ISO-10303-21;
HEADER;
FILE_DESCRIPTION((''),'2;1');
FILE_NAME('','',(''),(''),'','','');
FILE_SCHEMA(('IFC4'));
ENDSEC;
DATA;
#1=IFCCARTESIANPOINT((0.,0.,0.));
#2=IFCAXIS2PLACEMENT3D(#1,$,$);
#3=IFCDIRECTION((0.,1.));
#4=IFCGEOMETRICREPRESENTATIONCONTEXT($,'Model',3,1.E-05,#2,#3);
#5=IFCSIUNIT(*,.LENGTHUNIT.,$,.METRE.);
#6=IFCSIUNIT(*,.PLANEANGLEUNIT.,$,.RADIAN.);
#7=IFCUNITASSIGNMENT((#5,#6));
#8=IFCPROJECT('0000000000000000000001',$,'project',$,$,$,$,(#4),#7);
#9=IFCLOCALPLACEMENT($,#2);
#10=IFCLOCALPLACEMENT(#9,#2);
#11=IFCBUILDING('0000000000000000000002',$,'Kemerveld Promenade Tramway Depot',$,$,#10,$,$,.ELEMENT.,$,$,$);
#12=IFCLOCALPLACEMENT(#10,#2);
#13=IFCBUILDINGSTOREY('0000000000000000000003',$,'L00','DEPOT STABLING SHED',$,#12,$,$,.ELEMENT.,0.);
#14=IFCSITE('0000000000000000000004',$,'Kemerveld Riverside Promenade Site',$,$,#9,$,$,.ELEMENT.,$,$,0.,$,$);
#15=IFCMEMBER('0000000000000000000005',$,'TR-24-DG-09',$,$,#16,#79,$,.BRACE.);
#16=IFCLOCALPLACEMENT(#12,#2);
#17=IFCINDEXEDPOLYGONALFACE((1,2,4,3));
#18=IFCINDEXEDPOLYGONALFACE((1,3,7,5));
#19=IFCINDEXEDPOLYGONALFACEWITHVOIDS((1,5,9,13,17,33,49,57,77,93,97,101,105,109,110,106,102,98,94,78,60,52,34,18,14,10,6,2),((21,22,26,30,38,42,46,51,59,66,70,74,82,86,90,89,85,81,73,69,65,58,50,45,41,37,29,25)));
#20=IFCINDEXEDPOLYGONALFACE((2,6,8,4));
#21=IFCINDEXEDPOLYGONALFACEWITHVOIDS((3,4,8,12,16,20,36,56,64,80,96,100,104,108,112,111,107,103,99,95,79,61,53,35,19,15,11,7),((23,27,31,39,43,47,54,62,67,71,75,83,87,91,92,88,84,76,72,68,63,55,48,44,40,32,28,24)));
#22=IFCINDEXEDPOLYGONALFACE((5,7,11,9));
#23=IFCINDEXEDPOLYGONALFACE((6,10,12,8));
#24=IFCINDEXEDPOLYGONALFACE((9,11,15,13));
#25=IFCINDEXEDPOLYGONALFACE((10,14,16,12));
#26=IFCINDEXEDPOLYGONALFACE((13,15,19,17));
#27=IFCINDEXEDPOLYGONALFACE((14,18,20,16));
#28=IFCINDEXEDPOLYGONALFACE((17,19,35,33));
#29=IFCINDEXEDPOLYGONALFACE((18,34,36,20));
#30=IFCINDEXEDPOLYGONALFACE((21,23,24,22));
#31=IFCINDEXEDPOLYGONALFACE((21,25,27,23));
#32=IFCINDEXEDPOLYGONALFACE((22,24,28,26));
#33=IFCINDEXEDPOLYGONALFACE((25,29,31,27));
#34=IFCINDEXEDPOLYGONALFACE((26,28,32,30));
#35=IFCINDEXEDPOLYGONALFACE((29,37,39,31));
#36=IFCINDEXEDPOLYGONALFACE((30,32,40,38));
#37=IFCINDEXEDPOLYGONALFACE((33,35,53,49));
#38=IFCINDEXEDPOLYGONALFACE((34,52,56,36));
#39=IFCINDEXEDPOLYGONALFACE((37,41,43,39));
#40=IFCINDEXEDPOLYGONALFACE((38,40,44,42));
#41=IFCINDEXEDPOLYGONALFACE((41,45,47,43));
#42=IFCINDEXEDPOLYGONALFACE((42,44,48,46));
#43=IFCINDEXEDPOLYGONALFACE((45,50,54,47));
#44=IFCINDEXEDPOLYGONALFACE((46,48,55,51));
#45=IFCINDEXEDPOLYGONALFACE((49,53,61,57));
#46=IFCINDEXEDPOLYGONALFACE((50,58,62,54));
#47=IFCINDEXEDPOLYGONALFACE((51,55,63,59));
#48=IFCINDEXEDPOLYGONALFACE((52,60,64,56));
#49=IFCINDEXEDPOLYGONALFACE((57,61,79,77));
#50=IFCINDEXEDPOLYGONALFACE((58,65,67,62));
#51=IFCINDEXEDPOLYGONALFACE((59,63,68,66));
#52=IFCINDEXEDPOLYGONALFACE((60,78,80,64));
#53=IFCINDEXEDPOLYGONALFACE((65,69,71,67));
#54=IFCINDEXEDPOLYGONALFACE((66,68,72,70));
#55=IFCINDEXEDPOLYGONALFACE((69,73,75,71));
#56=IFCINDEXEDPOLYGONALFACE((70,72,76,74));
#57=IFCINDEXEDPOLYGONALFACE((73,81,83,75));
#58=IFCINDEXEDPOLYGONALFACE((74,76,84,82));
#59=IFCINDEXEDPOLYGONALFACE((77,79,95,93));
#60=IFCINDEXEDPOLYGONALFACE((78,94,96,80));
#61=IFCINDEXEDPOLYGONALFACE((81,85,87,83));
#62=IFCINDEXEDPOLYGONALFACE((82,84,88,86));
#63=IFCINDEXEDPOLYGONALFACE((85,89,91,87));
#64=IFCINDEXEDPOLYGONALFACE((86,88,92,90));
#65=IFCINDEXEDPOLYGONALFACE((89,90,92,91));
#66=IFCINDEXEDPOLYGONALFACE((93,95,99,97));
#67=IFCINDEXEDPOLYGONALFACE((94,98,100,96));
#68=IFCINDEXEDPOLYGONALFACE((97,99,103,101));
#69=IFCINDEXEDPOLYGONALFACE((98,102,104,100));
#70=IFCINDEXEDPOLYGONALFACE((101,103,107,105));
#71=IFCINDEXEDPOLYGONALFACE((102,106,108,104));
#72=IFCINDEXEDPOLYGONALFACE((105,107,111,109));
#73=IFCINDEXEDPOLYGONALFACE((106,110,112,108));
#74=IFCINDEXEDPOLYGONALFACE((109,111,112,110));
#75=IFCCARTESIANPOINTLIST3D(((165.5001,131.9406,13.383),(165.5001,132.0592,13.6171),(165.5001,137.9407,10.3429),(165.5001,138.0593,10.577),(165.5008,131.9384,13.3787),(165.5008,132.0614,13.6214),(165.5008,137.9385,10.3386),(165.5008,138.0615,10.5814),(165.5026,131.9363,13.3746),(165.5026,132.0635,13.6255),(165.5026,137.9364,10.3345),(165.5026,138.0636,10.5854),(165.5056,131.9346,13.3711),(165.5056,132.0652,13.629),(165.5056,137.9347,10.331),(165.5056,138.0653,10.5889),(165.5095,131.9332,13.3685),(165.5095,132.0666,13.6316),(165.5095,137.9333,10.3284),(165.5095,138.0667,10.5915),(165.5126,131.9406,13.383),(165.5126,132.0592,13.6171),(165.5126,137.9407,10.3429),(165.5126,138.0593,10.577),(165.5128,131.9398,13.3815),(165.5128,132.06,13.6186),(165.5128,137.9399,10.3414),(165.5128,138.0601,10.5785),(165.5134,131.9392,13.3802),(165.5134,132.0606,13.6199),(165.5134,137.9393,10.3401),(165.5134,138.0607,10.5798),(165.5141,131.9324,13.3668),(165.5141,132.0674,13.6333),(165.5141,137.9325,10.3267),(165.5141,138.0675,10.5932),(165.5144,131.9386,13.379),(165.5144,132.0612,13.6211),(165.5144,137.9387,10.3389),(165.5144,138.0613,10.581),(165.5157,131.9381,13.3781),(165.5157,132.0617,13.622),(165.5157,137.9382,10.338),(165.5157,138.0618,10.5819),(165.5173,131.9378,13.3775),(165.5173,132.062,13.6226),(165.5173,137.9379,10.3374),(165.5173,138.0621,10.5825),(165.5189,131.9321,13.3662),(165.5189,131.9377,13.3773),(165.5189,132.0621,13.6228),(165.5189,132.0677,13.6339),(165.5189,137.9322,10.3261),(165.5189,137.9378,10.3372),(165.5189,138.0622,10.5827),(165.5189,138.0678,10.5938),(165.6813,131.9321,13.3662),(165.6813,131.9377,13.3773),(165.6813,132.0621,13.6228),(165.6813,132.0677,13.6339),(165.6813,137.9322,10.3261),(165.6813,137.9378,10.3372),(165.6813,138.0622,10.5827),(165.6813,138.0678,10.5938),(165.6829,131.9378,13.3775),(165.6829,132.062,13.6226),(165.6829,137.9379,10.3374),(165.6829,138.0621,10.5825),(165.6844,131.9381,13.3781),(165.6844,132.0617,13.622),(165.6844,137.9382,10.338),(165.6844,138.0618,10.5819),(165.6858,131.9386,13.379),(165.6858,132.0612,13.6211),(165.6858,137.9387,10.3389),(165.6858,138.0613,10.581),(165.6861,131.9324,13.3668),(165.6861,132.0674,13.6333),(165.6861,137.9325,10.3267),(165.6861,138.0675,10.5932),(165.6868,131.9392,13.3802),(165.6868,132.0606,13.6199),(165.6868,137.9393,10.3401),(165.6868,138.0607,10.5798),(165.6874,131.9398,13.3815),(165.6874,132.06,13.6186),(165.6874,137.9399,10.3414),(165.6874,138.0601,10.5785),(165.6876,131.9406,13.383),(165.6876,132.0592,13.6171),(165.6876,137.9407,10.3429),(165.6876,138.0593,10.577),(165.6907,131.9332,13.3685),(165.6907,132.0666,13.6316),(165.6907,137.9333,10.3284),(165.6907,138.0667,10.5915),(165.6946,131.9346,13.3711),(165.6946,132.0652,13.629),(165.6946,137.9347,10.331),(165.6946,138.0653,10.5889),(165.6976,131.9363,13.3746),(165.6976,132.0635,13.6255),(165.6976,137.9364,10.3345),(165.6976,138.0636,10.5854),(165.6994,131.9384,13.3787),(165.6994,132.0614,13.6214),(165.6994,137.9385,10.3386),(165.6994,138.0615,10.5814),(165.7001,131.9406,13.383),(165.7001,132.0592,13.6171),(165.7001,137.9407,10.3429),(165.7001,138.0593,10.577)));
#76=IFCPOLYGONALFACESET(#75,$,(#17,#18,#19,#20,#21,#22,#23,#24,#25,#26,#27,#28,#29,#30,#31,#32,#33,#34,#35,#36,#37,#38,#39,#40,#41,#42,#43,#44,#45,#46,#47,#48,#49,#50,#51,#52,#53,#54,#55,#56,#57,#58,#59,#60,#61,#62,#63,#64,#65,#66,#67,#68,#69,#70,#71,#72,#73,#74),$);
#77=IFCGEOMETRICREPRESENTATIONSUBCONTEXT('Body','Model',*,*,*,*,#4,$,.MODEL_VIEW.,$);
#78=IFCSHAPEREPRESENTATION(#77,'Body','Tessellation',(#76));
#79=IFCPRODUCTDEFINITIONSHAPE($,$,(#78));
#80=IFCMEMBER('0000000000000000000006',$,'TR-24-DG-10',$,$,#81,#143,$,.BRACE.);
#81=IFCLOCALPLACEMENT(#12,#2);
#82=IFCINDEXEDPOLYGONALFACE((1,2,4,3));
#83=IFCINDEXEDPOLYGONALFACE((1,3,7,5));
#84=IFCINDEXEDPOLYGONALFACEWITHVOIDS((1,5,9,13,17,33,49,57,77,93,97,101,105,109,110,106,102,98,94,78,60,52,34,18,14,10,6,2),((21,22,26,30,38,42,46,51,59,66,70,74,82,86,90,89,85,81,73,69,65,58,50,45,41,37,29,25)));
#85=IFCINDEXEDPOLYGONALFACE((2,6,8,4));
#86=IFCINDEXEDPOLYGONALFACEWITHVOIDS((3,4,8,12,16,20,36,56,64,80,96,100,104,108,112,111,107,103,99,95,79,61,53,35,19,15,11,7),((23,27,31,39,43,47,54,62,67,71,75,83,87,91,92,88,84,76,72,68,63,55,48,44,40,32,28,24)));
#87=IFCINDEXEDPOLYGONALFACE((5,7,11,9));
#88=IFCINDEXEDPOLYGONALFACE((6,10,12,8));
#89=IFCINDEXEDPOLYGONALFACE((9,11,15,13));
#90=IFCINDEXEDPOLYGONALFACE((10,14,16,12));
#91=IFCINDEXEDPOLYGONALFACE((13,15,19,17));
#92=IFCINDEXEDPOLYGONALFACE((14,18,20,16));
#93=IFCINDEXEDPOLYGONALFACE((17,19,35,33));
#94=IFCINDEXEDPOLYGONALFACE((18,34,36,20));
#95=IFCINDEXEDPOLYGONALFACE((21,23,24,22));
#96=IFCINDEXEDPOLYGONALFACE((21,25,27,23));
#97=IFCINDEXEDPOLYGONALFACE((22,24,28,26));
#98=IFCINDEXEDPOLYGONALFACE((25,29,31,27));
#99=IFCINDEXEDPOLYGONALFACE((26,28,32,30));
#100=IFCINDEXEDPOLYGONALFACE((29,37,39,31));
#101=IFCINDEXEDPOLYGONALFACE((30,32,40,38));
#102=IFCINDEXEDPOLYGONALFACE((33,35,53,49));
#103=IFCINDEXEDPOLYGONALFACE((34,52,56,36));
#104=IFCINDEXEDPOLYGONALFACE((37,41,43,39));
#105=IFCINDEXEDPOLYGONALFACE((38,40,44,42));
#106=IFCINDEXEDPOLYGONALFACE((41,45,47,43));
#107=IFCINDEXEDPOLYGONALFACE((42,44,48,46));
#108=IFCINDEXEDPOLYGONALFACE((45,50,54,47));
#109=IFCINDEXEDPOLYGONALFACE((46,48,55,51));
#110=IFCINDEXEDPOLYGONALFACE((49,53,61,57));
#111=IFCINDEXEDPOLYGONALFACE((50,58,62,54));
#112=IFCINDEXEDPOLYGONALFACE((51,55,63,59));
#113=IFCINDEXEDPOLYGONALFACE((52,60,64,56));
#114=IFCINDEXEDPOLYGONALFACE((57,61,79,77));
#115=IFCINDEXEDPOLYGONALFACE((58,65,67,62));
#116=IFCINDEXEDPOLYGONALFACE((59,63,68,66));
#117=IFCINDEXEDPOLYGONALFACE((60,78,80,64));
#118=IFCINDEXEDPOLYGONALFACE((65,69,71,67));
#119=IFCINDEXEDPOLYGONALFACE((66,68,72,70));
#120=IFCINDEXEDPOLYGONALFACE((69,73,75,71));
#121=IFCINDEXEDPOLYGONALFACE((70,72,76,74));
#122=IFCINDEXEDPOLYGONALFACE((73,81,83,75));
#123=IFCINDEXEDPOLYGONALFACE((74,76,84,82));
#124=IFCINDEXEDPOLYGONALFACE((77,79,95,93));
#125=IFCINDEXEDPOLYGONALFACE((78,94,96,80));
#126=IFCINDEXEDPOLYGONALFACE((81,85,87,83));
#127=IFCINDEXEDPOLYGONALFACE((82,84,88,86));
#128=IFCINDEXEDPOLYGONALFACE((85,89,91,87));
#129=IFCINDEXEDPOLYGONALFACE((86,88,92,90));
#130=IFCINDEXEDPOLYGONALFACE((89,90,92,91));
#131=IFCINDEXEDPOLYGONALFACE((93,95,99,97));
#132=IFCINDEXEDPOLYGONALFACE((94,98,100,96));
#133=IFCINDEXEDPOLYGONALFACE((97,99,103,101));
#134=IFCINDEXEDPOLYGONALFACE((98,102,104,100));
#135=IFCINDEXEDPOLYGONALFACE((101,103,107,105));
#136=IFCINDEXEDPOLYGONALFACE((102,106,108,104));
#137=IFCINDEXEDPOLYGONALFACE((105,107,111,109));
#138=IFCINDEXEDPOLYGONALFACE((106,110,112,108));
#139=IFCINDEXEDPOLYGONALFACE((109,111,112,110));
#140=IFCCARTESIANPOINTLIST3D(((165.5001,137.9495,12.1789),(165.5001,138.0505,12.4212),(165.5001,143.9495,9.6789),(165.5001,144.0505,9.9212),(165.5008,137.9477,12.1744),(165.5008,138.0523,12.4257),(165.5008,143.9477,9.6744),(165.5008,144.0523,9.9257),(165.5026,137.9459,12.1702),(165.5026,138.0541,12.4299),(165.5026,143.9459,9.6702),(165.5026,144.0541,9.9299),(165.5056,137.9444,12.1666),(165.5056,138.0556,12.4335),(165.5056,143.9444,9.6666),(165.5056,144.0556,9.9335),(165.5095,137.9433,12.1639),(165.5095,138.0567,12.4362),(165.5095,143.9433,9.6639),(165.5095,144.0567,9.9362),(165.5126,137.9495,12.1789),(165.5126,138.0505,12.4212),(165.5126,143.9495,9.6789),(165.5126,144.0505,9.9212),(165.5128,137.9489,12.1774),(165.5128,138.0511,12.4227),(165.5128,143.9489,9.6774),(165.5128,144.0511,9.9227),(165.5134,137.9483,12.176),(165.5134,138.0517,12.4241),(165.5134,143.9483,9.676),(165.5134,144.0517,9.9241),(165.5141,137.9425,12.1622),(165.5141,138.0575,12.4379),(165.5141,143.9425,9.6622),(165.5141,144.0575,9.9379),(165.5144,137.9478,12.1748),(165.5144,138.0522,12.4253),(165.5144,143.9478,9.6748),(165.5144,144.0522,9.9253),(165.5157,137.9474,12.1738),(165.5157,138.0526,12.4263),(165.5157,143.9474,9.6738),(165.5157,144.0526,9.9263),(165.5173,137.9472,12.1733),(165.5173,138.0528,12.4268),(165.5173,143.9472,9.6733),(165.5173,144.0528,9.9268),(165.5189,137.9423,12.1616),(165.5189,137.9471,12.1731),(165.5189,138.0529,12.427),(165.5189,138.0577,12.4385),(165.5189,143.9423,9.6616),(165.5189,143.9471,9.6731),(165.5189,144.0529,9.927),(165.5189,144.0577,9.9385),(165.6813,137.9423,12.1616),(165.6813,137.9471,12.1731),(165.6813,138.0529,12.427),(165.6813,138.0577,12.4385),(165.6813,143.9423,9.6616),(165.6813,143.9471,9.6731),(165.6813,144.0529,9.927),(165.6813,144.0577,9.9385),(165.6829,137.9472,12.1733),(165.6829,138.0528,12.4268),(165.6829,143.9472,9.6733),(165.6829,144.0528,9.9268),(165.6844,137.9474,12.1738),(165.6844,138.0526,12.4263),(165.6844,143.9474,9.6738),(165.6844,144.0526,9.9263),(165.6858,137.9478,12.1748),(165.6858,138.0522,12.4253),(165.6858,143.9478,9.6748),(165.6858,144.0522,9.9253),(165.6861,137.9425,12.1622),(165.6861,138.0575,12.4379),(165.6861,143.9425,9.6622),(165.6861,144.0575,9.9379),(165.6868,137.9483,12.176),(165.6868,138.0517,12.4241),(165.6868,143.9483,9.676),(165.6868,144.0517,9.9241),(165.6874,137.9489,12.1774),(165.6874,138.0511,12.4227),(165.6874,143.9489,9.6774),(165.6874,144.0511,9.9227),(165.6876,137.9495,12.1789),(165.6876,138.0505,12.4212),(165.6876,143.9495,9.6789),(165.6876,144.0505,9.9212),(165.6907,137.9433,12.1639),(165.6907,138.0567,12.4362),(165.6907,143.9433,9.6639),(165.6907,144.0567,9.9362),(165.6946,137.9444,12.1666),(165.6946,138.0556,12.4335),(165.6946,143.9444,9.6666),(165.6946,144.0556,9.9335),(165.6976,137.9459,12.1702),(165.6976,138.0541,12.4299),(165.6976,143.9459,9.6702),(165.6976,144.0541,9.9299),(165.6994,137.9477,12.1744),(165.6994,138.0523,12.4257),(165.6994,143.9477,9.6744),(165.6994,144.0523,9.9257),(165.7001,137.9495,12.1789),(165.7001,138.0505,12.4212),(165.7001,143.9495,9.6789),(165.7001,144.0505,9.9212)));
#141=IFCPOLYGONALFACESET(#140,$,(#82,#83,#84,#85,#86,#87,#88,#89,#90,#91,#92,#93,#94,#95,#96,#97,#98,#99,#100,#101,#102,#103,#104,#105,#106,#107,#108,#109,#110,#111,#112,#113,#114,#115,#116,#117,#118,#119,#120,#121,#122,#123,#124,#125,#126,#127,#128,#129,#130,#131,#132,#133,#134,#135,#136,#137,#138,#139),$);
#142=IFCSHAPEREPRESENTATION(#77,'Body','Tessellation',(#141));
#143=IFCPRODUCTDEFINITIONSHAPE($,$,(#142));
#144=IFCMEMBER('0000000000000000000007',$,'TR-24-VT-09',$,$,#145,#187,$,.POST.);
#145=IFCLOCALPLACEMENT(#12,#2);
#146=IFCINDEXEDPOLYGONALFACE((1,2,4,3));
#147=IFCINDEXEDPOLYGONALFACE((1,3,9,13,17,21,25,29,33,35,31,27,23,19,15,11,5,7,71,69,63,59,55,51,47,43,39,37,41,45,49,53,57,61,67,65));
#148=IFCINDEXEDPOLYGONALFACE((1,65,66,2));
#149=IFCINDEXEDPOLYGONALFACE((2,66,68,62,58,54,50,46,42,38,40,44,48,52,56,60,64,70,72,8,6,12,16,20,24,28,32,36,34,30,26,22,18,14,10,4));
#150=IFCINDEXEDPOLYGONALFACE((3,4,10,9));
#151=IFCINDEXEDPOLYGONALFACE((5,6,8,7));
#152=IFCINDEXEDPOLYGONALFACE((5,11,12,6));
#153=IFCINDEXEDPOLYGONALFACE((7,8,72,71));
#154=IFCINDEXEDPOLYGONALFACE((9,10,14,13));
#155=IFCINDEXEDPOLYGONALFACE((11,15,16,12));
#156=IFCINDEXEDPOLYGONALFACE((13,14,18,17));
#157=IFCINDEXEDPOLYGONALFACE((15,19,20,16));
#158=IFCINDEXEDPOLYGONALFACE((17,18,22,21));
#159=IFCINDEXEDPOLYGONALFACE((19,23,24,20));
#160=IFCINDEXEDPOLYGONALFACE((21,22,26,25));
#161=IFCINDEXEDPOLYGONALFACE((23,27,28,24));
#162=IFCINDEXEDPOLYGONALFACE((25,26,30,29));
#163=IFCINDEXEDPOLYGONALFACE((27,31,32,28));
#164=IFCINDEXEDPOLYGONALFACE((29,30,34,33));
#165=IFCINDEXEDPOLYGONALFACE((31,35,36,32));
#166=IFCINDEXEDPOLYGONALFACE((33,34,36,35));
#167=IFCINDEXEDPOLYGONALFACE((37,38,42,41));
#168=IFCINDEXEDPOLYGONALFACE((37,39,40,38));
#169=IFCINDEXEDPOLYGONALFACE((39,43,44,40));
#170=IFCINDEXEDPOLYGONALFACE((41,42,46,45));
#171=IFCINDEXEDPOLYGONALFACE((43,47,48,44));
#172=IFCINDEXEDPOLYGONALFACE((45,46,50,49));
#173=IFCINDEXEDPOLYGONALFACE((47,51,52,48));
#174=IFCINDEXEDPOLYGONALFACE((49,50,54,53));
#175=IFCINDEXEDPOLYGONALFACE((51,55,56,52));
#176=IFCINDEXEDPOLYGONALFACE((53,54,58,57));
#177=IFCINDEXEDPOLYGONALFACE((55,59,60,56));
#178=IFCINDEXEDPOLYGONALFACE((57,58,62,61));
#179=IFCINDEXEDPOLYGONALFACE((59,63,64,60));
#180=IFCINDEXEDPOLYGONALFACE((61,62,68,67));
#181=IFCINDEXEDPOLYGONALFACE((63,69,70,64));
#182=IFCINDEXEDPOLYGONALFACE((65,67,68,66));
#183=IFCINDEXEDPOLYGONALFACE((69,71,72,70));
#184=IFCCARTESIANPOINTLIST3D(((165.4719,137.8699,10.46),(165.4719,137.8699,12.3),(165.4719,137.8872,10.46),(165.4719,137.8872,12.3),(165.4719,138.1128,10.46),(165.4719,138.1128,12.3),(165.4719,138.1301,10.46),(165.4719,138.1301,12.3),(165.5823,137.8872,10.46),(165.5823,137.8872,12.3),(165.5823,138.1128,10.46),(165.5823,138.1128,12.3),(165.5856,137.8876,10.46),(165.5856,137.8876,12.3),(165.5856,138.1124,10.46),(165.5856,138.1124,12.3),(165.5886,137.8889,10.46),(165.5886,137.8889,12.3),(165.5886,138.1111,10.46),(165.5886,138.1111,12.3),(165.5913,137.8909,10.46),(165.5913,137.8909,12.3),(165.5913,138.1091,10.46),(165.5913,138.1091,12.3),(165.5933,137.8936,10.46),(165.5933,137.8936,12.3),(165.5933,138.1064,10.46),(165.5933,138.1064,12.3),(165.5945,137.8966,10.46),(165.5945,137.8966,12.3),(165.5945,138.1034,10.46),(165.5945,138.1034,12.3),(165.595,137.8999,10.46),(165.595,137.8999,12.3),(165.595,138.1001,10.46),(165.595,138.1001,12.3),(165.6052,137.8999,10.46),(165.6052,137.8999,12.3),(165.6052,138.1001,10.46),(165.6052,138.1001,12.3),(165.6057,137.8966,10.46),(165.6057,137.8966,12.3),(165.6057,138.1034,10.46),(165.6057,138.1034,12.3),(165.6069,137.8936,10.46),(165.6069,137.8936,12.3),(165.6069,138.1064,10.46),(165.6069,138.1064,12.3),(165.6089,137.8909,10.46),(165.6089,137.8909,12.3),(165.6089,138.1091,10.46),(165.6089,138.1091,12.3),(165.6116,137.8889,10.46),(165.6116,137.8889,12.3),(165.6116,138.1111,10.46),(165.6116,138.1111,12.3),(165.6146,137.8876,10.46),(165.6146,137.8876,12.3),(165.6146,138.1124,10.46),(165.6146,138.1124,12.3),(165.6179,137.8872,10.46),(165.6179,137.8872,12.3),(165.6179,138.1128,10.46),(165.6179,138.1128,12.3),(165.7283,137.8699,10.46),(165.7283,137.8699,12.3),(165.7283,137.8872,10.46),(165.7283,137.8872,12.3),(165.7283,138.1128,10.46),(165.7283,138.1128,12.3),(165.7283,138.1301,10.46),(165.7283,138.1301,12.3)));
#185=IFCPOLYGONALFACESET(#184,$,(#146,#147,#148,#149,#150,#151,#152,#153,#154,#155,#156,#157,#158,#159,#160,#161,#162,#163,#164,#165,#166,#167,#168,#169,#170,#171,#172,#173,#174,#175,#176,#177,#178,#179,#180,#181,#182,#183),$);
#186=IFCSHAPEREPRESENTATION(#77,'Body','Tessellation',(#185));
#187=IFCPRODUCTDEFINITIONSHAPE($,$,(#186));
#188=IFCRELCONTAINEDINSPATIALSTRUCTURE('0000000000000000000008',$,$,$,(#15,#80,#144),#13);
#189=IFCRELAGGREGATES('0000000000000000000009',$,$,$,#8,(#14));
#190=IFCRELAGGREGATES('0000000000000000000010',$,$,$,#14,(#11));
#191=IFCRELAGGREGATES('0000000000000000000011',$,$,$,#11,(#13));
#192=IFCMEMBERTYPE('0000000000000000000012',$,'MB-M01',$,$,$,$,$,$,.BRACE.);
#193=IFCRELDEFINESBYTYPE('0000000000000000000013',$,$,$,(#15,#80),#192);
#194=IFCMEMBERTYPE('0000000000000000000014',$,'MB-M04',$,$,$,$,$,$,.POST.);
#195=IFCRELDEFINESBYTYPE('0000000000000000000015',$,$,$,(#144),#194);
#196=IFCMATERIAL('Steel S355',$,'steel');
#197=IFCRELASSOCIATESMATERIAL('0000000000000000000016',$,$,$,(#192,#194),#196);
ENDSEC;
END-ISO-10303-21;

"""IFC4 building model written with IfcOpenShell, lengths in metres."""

from ifc_helpers import new_model, si_unit, direction, frame, origin, origin_2d, place, context, subcontext, project, spatial, hollow_rectangle, i_section, extrude, material, material_profile, profile_set, type_object, element, save


model = new_model("IFC4")

# Units and contexts
model_context = context("Model", 3, precision=1e-05, world=origin(), true_north=direction((0.0, 1.0)))
body_context = subcontext(model_context, "Body", "Model", "MODEL_VIEW")
ifc_project = project(units=[si_unit("LENGTHUNIT", "METRE"), si_unit("PLANEANGLEUNIT", "RADIAN")], contexts=[model_context])

# Site, building, storey
site_placement = place(None, origin())
site = spatial("IfcSite", under=ifc_project, at=site_placement, Name="Kemerveld Riverside Promenade Site", CompositionType="ELEMENT", RefElevation=0.0)
building_placement = place(site_placement, origin())
building = spatial("IfcBuilding", under=site, at=building_placement, Name="Kemerveld Promenade Tramway Depot", CompositionType="ELEMENT")
storey_placement = place(building_placement, origin())
storey = spatial("IfcBuildingStorey", under=building, at=storey_placement, Name="L00", Description="DEPOT STABLING SHED", CompositionType="ELEMENT", Elevation=0.0)

# Shared definitions
ifc_material_1 = material(Name="Steel S355", Category="steel")

# Members
ifc_material_profile_1 = material_profile(ifc_material_1, hollow_rectangle(XDim=0.2, YDim=0.3, WallThickness=0.0125, InnerFilletRadius=0.0063, OuterFilletRadius=0.0188, at=origin_2d()), Name="300x200x12.5 RHS")
ifc_profile_set_1 = profile_set([ifc_material_profile_1], Name="Steel S355")
member_type_1 = type_object("IfcMemberType", Name="MB-M01", PredefinedType="BRACE", material=ifc_profile_set_1)
member_1_placement = place(storey_placement, frame((165.6001, 138.0, 10.46), z_axis=(0.0, -0.892033, 0.451969), x_axis=(1.0, 0.0, 0.0)))
element("IfcMember", 1, at=member_1_placement, inside=storey, type_object=member_type_1, Name="TR-24-DG-09", PredefinedType="BRACE", context=body_context, shape_type="SweptSolid", body=[
    extrude(hollow_rectangle(XDim=0.2, YDim=0.3, WallThickness=0.0125, InnerFilletRadius=0.0063, OuterFilletRadius=0.0188, at=origin_2d()), origin(), (0.0, 0.0, 1.0), 6.7263),
])
member_2_placement = place(storey_placement, frame((165.6001, 144.0, 9.8), z_axis=(0.0, -0.923077, 0.384615), x_axis=(1.0, 0.0, 0.0)))
element("IfcMember", 2, at=member_2_placement, inside=storey, type_object=member_type_1, Name="TR-24-DG-10", PredefinedType="BRACE", context=body_context, shape_type="SweptSolid", body=[
    extrude(hollow_rectangle(XDim=0.2, YDim=0.3, WallThickness=0.0125, InnerFilletRadius=0.0063, OuterFilletRadius=0.0188, at=origin_2d()), origin(), (0.0, 0.0, 1.0), 6.5),
])
ifc_material_profile_2 = material_profile(ifc_material_1, i_section(OverallWidth=0.2563, OverallDepth=0.2603, WebThickness=0.0103, FlangeThickness=0.0173, FilletRadius=0.0127, at=origin_2d()), Name="254x254x89 UC")
ifc_profile_set_2 = profile_set([ifc_material_profile_2], Name="Steel S355")
member_type_2 = type_object("IfcMemberType", Name="MB-M04", PredefinedType="POST", material=ifc_profile_set_2)
member_3_placement = place(storey_placement, frame((165.6001, 138.0, 10.46), z_axis=(0.0, 0.0, 1.0), x_axis=(1.0, 0.0, 0.0)))
element("IfcMember", 3, at=member_3_placement, inside=storey, type_object=member_type_2, Name="TR-24-VT-09", PredefinedType="POST", context=body_context, shape_type="SweptSolid", body=[
    extrude(i_section(OverallWidth=0.2563, OverallDepth=0.2603, WebThickness=0.0103, FlangeThickness=0.0173, FilletRadius=0.0127, at=origin_2d()), origin(), (0.0, 0.0, 1.0), 1.8401),
])

save(model, "model.ifc")
